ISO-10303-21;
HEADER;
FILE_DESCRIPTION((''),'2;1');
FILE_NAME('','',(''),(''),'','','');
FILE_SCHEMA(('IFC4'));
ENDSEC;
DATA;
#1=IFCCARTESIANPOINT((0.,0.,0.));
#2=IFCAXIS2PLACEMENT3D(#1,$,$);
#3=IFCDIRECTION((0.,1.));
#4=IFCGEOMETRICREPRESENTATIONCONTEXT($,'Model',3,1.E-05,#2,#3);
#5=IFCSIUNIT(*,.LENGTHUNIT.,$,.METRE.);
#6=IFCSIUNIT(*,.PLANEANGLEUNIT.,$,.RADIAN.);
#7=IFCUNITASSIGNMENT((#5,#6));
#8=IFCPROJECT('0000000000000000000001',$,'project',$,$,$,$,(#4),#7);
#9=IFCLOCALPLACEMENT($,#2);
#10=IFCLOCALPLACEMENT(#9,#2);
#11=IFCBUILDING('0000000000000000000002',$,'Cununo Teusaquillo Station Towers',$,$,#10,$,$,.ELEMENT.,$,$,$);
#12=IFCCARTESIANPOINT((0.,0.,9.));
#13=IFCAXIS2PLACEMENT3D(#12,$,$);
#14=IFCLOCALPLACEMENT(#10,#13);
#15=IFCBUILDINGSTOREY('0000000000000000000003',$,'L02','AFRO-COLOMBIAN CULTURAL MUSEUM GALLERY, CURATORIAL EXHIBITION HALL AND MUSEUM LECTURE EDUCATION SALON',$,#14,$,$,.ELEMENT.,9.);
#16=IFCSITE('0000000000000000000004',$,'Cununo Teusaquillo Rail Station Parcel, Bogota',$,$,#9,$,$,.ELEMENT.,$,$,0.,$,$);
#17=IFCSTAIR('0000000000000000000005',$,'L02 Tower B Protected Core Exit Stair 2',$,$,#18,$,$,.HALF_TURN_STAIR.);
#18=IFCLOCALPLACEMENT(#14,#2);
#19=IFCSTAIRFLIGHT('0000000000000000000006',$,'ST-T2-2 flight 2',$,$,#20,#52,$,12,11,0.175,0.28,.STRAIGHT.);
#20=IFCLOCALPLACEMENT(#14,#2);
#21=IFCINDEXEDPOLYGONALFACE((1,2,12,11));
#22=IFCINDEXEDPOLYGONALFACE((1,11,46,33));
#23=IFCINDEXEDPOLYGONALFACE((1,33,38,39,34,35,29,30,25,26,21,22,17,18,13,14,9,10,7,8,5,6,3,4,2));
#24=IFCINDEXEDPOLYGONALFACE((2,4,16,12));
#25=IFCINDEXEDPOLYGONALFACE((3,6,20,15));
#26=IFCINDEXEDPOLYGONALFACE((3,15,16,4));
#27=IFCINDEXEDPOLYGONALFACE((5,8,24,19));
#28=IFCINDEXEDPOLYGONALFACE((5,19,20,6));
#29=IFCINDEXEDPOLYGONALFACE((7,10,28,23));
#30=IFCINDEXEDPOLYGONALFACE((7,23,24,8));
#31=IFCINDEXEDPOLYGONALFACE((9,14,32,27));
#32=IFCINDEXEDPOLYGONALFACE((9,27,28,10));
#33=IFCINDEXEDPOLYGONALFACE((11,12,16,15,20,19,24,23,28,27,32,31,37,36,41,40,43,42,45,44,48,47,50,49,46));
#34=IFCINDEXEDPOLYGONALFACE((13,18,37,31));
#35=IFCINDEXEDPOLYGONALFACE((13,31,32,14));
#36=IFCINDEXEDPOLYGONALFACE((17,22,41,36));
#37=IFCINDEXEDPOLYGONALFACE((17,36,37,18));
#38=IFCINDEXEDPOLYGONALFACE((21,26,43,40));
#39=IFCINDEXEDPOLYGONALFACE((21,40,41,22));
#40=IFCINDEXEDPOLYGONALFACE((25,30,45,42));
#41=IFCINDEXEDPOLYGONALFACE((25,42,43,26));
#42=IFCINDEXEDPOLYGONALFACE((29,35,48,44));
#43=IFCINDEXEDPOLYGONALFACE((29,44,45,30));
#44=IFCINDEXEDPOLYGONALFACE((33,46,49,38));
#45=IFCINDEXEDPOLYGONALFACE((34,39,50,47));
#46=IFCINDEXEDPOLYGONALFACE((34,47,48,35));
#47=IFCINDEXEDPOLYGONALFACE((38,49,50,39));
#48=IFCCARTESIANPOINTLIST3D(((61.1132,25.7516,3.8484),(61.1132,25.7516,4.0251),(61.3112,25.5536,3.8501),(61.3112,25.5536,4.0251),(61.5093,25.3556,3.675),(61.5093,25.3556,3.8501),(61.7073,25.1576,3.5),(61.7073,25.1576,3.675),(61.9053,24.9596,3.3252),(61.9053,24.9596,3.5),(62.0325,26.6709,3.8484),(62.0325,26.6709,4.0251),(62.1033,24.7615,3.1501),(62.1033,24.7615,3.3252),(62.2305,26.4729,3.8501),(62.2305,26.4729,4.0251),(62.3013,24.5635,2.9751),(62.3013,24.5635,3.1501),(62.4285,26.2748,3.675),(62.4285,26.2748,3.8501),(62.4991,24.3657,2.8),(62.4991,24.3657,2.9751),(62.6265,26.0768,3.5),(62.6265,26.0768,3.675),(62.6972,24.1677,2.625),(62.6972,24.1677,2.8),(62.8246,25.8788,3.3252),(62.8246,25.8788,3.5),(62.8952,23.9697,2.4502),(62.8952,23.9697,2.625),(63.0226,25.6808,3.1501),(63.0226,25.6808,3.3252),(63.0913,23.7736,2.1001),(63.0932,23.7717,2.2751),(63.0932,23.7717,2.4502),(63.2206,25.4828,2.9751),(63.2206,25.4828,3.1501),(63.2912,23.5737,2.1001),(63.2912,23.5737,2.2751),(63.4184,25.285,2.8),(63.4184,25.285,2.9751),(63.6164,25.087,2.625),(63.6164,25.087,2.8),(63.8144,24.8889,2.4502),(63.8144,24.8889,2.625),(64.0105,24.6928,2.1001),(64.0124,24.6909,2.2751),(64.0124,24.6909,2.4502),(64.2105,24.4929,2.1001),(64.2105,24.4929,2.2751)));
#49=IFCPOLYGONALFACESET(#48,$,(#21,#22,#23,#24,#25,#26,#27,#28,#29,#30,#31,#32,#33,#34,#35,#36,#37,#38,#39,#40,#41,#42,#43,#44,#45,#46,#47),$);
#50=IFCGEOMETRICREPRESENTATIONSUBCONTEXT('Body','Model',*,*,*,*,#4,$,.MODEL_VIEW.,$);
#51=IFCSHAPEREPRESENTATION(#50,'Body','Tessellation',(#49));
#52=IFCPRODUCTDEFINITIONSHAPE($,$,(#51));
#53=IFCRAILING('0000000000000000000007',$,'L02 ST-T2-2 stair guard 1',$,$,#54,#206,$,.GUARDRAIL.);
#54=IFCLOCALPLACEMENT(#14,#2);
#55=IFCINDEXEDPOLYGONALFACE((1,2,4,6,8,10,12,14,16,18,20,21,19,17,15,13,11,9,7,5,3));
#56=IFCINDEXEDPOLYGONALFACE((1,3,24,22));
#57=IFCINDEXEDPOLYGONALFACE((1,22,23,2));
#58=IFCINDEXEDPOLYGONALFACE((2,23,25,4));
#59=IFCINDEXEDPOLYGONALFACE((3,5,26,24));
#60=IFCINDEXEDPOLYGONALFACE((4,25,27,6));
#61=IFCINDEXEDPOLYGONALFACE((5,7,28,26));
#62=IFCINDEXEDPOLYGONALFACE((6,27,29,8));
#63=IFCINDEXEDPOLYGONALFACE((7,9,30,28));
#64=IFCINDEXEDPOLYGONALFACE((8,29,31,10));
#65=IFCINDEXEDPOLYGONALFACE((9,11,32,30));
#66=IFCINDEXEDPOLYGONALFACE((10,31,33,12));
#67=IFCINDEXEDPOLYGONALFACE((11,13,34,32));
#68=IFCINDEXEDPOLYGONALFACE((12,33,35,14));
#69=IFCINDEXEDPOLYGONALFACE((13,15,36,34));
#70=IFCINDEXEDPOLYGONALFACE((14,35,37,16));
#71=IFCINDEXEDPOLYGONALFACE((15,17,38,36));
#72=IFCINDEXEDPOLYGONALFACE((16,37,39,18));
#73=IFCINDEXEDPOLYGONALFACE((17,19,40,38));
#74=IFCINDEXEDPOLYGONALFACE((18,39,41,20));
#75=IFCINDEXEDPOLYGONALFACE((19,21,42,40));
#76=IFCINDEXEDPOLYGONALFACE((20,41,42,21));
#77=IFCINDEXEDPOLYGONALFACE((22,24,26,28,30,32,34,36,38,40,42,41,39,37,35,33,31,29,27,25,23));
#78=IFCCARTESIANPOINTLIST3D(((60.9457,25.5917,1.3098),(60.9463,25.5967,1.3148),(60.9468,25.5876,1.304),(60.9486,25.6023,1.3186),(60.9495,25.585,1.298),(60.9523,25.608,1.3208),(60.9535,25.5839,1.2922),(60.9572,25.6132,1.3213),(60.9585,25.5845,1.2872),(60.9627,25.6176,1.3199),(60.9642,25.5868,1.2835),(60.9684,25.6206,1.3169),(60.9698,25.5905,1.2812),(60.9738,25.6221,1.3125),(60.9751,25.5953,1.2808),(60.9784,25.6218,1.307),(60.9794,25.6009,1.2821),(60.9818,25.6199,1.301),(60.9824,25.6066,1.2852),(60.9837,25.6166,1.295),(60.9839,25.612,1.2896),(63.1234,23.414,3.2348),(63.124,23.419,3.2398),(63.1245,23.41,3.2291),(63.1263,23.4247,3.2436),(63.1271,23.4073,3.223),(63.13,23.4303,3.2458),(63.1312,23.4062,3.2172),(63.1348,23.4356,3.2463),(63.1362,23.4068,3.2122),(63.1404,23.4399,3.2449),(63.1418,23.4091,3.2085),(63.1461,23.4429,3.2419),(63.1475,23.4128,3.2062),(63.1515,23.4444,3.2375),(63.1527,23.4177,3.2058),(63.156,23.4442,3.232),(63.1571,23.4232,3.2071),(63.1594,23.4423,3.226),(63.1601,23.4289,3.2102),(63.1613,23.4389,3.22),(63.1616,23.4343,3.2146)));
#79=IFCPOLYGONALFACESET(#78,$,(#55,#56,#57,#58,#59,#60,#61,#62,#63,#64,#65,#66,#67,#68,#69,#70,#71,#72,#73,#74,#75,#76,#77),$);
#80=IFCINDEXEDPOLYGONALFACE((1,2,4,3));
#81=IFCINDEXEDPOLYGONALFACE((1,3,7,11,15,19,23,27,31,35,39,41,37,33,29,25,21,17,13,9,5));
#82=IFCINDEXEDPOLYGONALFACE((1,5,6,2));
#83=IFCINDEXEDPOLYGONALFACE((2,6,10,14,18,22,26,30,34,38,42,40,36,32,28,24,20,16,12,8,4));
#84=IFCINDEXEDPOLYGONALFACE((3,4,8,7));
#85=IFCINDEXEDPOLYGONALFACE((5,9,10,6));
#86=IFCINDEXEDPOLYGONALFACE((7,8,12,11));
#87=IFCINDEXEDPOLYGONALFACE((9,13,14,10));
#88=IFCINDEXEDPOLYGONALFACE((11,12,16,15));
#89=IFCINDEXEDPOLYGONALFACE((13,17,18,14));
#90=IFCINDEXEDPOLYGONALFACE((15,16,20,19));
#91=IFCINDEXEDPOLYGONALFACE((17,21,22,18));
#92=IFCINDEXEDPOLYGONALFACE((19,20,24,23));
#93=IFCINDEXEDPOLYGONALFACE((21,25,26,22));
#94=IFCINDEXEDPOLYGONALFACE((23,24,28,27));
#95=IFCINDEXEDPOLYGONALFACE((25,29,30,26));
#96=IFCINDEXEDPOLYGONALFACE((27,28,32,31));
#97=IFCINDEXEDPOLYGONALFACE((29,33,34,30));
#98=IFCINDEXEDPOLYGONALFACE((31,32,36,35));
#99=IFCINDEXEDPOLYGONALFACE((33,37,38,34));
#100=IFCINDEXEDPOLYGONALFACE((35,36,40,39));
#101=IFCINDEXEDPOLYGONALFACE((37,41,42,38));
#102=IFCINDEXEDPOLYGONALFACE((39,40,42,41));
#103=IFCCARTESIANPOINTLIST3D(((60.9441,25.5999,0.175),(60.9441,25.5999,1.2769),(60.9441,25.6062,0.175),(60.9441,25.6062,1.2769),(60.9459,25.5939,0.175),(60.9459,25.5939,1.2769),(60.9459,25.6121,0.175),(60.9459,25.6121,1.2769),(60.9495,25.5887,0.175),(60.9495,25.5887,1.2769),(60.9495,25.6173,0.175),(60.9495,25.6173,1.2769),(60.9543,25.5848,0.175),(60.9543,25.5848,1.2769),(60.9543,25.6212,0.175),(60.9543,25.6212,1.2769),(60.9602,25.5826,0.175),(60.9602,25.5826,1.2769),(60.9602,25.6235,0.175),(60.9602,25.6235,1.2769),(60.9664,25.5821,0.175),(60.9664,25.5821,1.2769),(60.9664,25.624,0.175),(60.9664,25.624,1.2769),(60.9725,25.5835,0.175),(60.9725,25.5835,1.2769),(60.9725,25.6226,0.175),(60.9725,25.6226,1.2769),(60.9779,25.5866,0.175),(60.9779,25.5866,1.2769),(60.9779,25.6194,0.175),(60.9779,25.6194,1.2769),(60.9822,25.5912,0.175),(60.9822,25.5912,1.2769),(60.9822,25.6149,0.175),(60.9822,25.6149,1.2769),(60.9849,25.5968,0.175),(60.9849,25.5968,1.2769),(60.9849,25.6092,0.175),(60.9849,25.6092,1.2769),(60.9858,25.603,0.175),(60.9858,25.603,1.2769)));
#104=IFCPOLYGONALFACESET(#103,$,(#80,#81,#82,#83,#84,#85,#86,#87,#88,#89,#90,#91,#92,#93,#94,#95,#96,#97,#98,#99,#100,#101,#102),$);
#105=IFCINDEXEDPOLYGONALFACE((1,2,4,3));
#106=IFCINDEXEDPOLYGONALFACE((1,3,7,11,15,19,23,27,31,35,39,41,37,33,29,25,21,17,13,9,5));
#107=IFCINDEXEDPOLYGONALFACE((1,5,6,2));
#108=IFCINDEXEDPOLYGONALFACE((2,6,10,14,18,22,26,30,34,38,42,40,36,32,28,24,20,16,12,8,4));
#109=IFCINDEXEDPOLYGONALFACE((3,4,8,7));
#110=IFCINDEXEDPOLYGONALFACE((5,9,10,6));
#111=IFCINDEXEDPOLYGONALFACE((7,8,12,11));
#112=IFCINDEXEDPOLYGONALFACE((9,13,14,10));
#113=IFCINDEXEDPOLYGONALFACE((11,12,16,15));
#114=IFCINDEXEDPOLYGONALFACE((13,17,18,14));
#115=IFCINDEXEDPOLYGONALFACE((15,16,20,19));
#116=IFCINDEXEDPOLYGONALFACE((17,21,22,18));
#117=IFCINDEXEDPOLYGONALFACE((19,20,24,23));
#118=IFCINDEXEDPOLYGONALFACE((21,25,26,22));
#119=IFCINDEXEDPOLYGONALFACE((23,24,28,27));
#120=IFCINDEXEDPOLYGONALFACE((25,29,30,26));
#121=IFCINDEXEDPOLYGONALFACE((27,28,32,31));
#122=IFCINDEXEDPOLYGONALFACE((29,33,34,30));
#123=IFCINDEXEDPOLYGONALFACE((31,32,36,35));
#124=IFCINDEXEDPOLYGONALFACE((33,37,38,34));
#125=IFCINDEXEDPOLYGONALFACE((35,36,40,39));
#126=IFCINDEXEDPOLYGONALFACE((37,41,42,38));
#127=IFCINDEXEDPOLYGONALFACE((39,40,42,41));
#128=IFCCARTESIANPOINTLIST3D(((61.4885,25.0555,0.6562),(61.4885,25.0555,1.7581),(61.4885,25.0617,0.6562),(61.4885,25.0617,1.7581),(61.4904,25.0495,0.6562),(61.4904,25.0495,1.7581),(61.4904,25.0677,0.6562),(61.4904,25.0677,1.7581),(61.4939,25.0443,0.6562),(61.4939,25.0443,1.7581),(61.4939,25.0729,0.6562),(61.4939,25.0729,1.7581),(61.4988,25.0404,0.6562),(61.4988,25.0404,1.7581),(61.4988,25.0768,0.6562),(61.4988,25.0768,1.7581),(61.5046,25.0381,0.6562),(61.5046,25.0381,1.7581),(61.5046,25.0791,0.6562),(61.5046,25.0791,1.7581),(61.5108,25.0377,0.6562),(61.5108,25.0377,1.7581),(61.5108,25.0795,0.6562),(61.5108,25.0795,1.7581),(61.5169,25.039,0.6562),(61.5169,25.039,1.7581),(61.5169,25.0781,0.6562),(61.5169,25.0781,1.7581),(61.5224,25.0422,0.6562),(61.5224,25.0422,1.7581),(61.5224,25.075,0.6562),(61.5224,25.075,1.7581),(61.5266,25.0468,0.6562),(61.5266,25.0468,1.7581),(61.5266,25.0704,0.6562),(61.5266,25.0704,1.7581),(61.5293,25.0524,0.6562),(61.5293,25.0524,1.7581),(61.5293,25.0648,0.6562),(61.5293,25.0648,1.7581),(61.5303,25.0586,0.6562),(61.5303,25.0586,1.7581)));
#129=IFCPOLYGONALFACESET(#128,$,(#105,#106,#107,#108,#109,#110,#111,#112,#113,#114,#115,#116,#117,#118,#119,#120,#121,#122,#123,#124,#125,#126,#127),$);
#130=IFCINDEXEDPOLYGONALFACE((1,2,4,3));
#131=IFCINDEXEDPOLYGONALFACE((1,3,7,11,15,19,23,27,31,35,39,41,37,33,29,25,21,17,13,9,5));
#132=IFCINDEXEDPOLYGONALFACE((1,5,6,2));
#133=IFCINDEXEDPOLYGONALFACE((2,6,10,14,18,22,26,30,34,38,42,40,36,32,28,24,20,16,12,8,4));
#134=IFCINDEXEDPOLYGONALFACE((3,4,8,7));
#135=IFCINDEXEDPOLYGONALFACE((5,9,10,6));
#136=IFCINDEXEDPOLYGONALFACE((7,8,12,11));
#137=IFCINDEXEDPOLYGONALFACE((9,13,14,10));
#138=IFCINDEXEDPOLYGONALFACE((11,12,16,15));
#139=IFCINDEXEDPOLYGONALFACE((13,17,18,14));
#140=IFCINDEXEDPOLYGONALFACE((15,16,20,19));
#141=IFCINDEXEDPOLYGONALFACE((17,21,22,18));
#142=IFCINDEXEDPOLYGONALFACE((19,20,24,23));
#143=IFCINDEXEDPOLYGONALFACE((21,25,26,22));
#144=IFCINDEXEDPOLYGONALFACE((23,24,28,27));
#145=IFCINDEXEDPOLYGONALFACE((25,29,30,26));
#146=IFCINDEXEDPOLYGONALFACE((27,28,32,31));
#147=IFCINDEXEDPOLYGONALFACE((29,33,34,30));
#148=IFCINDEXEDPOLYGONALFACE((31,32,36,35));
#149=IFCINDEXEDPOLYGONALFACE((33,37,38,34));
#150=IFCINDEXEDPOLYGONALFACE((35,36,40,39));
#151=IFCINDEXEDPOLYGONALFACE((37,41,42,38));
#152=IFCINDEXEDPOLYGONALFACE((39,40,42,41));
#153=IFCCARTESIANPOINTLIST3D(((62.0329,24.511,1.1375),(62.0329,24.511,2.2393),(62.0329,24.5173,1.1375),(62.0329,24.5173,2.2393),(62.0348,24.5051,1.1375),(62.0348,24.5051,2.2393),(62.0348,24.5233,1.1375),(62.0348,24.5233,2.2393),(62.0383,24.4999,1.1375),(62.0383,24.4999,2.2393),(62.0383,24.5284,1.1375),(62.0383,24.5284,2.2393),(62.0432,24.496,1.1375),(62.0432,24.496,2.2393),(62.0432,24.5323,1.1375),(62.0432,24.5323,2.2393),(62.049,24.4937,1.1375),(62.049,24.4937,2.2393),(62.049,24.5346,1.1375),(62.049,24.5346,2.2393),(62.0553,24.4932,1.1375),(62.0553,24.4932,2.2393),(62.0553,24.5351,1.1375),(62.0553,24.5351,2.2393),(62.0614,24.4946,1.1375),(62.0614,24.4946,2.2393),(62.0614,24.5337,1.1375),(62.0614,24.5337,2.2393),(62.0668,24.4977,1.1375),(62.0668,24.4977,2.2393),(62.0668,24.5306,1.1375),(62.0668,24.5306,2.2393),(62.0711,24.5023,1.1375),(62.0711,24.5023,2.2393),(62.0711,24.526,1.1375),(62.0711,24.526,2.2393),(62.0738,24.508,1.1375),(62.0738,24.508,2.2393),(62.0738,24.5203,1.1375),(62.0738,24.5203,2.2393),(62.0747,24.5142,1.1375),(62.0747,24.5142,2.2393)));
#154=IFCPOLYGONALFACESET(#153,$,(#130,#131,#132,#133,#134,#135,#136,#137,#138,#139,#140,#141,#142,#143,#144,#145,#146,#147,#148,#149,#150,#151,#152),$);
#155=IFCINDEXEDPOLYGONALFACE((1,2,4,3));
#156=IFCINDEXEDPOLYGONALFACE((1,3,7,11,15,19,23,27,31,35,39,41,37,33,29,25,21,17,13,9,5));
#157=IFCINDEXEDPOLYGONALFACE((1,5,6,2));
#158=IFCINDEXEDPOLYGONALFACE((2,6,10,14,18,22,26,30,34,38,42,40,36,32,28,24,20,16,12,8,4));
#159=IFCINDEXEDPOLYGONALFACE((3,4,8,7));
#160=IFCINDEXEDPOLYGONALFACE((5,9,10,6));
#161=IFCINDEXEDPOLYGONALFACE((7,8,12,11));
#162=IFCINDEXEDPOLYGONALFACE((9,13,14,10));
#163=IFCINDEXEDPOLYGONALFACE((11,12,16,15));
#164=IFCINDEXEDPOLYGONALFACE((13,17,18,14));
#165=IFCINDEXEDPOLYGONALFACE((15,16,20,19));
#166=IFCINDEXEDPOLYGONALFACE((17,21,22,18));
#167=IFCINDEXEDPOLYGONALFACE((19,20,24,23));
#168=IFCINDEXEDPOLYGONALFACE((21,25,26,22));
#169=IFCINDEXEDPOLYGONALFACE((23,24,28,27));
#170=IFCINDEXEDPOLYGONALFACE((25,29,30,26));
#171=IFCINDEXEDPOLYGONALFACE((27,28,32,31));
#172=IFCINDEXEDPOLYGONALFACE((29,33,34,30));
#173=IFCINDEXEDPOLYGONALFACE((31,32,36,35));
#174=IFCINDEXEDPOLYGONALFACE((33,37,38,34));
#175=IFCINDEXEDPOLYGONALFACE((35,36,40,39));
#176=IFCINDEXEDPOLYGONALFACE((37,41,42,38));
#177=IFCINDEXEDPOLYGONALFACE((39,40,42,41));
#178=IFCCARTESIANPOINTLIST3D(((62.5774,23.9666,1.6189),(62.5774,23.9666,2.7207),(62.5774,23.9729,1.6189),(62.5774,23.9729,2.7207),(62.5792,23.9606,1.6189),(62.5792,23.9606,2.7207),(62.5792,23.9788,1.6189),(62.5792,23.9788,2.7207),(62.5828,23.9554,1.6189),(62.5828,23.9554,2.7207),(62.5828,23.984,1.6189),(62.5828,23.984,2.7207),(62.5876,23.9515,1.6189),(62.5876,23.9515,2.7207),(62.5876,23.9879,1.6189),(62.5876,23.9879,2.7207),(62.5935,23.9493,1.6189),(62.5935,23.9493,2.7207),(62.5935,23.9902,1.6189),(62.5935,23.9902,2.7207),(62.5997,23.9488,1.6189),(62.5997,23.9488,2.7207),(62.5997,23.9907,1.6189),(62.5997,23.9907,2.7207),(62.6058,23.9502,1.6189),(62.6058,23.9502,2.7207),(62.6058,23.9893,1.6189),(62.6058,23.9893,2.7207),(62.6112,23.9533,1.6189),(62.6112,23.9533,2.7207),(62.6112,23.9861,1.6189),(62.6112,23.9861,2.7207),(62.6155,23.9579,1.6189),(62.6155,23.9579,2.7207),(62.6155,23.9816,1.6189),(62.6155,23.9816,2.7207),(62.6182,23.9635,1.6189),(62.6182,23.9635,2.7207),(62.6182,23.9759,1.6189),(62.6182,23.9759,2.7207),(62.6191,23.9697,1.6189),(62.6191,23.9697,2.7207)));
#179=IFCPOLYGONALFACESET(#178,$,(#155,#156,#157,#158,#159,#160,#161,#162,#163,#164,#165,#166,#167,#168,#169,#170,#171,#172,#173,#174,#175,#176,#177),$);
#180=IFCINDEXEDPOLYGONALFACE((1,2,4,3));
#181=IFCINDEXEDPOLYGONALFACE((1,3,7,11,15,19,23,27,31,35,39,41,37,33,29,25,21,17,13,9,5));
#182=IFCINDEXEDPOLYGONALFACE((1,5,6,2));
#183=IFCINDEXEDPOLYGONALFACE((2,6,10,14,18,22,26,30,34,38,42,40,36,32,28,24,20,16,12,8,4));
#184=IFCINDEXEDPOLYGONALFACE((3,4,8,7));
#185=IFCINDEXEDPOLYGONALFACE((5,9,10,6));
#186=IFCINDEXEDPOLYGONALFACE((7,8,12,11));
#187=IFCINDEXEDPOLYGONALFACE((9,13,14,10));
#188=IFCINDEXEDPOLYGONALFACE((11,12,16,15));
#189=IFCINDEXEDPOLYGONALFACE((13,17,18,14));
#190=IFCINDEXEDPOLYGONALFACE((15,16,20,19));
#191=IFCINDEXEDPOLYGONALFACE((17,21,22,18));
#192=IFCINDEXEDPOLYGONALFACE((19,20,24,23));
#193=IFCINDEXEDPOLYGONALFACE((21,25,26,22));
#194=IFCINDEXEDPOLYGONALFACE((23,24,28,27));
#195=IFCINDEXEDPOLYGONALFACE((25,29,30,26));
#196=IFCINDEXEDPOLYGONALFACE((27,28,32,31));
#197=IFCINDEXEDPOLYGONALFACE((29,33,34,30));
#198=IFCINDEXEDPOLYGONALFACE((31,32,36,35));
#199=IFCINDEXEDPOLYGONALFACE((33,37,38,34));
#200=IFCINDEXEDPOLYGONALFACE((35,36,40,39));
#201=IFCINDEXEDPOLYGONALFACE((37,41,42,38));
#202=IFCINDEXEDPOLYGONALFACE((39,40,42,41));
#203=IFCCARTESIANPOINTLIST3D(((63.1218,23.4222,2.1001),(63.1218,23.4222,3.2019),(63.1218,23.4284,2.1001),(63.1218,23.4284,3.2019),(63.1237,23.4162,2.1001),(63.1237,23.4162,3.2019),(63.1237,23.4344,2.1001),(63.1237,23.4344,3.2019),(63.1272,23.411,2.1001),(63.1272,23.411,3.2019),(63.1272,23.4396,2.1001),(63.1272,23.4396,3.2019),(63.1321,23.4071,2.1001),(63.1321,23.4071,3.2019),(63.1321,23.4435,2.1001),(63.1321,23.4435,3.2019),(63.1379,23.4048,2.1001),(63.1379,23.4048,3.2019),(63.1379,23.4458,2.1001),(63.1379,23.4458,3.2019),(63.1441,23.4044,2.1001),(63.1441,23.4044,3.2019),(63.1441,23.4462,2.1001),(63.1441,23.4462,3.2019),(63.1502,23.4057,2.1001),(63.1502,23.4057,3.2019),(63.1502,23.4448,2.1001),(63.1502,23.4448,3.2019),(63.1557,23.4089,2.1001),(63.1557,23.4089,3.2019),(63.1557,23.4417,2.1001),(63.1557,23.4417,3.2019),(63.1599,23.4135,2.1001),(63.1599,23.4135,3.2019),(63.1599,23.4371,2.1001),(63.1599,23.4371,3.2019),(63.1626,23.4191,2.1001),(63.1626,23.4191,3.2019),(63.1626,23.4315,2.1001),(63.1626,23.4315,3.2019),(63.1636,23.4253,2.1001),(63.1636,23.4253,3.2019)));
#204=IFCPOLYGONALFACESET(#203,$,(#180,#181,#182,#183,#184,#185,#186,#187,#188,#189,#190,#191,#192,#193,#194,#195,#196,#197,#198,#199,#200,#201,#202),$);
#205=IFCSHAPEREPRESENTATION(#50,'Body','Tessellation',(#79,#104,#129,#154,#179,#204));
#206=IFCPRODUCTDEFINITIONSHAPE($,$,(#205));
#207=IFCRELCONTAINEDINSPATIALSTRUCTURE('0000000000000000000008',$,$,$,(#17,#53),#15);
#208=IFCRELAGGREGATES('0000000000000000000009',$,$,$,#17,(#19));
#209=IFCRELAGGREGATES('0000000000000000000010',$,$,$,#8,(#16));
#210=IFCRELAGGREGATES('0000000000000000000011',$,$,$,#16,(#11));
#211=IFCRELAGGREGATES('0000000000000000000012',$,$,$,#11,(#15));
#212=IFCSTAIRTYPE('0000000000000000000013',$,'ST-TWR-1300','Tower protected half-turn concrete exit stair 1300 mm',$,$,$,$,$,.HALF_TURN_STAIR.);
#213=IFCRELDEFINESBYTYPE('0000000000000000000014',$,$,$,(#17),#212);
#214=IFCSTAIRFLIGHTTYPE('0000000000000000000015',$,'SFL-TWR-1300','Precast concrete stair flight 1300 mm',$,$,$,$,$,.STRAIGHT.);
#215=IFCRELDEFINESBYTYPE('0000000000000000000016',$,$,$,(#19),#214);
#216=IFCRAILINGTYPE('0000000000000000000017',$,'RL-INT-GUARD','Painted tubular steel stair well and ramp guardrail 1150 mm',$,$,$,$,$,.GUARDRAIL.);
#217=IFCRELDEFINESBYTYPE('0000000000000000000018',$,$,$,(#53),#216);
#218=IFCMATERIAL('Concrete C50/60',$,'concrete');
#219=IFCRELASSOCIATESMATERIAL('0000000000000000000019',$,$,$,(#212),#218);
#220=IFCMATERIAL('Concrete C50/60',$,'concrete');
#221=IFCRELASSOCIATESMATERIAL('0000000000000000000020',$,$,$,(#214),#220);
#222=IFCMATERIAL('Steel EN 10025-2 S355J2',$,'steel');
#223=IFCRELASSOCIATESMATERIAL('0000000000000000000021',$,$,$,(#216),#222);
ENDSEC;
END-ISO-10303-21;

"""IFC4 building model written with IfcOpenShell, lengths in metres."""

from ifc_helpers import new_model, si_unit, direction, frame, origin, origin_2d, place, context, subcontext, project, spatial, polyline, circle, outline, extrude, material, type_object, element, aggregate, save


model = new_model("IFC4")

# Units and contexts
model_context = context("Model", 3, precision=1e-05, world=origin(), true_north=direction((0.0, 1.0)))
body_context = subcontext(model_context, "Body", "Model", "MODEL_VIEW")
ifc_project = project(units=[si_unit("LENGTHUNIT", "METRE"), si_unit("PLANEANGLEUNIT", "RADIAN")], contexts=[model_context])

# Site, building, storey
site_placement = place(None, origin())
site = spatial("IfcSite", under=ifc_project, at=site_placement, Name="Cununo Teusaquillo Rail Station Parcel, Bogota", CompositionType="ELEMENT", RefElevation=0.0)
building_placement = place(site_placement, origin())
building = spatial("IfcBuilding", under=site, at=building_placement, Name="Cununo Teusaquillo Station Towers", CompositionType="ELEMENT")
storey_placement = place(building_placement, frame((0.0, 0.0, 9.0)))
storey = spatial("IfcBuildingStorey", under=building, at=storey_placement, Name="L02", Description="AFRO-COLOMBIAN CULTURAL MUSEUM GALLERY, CURATORIAL EXHIBITION HALL AND MUSEUM LECTURE EDUCATION SALON", CompositionType="ELEMENT", Elevation=9.0)

# Stair, stair flight
ifc_material_1 = material(Name="Concrete C50/60", Category="concrete")
stair_type = type_object("IfcStairType", Name="ST-TWR-1300", Description="Tower protected half-turn concrete exit stair 1300 mm", PredefinedType="HALF_TURN_STAIR", material=ifc_material_1)
stair_placement = place(storey_placement, origin())
stair = element("IfcStair", 1, at=stair_placement, inside=storey, type_object=stair_type, Name="L02 Tower B Protected Core Exit Stair 2", PredefinedType="HALF_TURN_STAIR")
ifc_material_2 = material(Name="Concrete C50/60", Category="concrete")
stair_flight_type = type_object("IfcStairFlightType", Name="SFL-TWR-1300", Description="Precast concrete stair flight 1300 mm", PredefinedType="STRAIGHT", material=ifc_material_2)
stair_flight_1_placement = place(storey_placement, frame((63.7507, 24.0332, 2.1001), z_axis=(0.0, 0.0, 1.0), x_axis=(-0.707107, 0.707107, 0.0)))
stair_flight_1 = element("IfcStairFlight", 2, at=stair_flight_1_placement, type_object=stair_flight_type, Name="ST-T2-2 flight 2", NumberOfRisers=12, NumberOfTreads=11, PredefinedType="STRAIGHT", RiserHeight=0.175, TreadLength=0.28, context=body_context, shape_type="SweptSolid", body=[
    extrude(outline(polyline([(0.0, 0.0), (0.0, 0.175), (0.28, 0.175), (0.28, 0.3501), (0.5601, 0.3501), (0.5601, 0.5249), (0.8401, 0.5249), (0.8401, 0.7), (1.1201, 0.7), (1.1201, 0.875), (1.3999, 0.875), (1.3999, 1.05), (1.6799, 1.05), (1.6799, 1.2251), (1.96, 1.2251), (1.96, 1.3999), (2.24, 1.3999), (2.24, 1.575), (2.52, 1.575), (2.52, 1.75), (2.8, 1.75), (2.8, 1.925), (3.0801, 1.925), (3.0801, 2.1001), (3.0801, 1.7483), (0.2827, 0.0), (0.0, 0.0)])), frame((0.0, 0.6499, 0.0), z_axis=(0.0, -1.0, 0.0), x_axis=(1.0, 0.0, 0.0)), (0.0, 0.0, 1.0), 1.3),
])
aggregate(stair, [stair_flight_1])

# Railing
ifc_material_3 = material(Name="Steel EN 10025-2 S355J2", Category="steel")
railing_type_1 = type_object("IfcRailingType", Name="RL-INT-GUARD", Description="Painted tubular steel stair well and ramp guardrail 1150 mm", PredefinedType="GUARDRAIL", material=ifc_material_3)
railing_1_placement = place(storey_placement, frame((60.9648, 25.603, 0.175)))
element("IfcRailing", 3, at=railing_1_placement, inside=storey, type_object=railing_type_1, Name="L02 ST-T2-2 stair guard 1", PredefinedType="GUARDRAIL", context=body_context, shape_type="SweptSolid", body=[
    extrude(circle(Radius=0.0239, at=origin_2d()), frame((0.0, 0.0, 1.126), z_axis=(0.599609, -0.599609, 0.530036), x_axis=(0.707107, 0.707107, 0.0)), (0.0, 0.0, 1.0), 3.6318),
    extrude(circle(Radius=0.021, at=origin_2d()), origin(), (0.0, 0.0, 1.0), 1.1018),
    extrude(circle(Radius=0.021, at=origin_2d()), frame((0.5444, -0.5444, 0.4812)), (0.0, 0.0, 1.0), 1.1018),
    extrude(circle(Radius=0.021, at=origin_2d()), frame((1.0889, -1.0889, 0.9624)), (0.0, 0.0, 1.0), 1.1018),
    extrude(circle(Radius=0.021, at=origin_2d()), frame((1.6333, -1.6333, 1.4438)), (0.0, 0.0, 1.0), 1.1018),
    extrude(circle(Radius=0.021, at=origin_2d()), frame((2.1777, -2.1777, 1.925)), (0.0, 0.0, 1.0), 1.1018),
])

save(model, "model.ifc")
